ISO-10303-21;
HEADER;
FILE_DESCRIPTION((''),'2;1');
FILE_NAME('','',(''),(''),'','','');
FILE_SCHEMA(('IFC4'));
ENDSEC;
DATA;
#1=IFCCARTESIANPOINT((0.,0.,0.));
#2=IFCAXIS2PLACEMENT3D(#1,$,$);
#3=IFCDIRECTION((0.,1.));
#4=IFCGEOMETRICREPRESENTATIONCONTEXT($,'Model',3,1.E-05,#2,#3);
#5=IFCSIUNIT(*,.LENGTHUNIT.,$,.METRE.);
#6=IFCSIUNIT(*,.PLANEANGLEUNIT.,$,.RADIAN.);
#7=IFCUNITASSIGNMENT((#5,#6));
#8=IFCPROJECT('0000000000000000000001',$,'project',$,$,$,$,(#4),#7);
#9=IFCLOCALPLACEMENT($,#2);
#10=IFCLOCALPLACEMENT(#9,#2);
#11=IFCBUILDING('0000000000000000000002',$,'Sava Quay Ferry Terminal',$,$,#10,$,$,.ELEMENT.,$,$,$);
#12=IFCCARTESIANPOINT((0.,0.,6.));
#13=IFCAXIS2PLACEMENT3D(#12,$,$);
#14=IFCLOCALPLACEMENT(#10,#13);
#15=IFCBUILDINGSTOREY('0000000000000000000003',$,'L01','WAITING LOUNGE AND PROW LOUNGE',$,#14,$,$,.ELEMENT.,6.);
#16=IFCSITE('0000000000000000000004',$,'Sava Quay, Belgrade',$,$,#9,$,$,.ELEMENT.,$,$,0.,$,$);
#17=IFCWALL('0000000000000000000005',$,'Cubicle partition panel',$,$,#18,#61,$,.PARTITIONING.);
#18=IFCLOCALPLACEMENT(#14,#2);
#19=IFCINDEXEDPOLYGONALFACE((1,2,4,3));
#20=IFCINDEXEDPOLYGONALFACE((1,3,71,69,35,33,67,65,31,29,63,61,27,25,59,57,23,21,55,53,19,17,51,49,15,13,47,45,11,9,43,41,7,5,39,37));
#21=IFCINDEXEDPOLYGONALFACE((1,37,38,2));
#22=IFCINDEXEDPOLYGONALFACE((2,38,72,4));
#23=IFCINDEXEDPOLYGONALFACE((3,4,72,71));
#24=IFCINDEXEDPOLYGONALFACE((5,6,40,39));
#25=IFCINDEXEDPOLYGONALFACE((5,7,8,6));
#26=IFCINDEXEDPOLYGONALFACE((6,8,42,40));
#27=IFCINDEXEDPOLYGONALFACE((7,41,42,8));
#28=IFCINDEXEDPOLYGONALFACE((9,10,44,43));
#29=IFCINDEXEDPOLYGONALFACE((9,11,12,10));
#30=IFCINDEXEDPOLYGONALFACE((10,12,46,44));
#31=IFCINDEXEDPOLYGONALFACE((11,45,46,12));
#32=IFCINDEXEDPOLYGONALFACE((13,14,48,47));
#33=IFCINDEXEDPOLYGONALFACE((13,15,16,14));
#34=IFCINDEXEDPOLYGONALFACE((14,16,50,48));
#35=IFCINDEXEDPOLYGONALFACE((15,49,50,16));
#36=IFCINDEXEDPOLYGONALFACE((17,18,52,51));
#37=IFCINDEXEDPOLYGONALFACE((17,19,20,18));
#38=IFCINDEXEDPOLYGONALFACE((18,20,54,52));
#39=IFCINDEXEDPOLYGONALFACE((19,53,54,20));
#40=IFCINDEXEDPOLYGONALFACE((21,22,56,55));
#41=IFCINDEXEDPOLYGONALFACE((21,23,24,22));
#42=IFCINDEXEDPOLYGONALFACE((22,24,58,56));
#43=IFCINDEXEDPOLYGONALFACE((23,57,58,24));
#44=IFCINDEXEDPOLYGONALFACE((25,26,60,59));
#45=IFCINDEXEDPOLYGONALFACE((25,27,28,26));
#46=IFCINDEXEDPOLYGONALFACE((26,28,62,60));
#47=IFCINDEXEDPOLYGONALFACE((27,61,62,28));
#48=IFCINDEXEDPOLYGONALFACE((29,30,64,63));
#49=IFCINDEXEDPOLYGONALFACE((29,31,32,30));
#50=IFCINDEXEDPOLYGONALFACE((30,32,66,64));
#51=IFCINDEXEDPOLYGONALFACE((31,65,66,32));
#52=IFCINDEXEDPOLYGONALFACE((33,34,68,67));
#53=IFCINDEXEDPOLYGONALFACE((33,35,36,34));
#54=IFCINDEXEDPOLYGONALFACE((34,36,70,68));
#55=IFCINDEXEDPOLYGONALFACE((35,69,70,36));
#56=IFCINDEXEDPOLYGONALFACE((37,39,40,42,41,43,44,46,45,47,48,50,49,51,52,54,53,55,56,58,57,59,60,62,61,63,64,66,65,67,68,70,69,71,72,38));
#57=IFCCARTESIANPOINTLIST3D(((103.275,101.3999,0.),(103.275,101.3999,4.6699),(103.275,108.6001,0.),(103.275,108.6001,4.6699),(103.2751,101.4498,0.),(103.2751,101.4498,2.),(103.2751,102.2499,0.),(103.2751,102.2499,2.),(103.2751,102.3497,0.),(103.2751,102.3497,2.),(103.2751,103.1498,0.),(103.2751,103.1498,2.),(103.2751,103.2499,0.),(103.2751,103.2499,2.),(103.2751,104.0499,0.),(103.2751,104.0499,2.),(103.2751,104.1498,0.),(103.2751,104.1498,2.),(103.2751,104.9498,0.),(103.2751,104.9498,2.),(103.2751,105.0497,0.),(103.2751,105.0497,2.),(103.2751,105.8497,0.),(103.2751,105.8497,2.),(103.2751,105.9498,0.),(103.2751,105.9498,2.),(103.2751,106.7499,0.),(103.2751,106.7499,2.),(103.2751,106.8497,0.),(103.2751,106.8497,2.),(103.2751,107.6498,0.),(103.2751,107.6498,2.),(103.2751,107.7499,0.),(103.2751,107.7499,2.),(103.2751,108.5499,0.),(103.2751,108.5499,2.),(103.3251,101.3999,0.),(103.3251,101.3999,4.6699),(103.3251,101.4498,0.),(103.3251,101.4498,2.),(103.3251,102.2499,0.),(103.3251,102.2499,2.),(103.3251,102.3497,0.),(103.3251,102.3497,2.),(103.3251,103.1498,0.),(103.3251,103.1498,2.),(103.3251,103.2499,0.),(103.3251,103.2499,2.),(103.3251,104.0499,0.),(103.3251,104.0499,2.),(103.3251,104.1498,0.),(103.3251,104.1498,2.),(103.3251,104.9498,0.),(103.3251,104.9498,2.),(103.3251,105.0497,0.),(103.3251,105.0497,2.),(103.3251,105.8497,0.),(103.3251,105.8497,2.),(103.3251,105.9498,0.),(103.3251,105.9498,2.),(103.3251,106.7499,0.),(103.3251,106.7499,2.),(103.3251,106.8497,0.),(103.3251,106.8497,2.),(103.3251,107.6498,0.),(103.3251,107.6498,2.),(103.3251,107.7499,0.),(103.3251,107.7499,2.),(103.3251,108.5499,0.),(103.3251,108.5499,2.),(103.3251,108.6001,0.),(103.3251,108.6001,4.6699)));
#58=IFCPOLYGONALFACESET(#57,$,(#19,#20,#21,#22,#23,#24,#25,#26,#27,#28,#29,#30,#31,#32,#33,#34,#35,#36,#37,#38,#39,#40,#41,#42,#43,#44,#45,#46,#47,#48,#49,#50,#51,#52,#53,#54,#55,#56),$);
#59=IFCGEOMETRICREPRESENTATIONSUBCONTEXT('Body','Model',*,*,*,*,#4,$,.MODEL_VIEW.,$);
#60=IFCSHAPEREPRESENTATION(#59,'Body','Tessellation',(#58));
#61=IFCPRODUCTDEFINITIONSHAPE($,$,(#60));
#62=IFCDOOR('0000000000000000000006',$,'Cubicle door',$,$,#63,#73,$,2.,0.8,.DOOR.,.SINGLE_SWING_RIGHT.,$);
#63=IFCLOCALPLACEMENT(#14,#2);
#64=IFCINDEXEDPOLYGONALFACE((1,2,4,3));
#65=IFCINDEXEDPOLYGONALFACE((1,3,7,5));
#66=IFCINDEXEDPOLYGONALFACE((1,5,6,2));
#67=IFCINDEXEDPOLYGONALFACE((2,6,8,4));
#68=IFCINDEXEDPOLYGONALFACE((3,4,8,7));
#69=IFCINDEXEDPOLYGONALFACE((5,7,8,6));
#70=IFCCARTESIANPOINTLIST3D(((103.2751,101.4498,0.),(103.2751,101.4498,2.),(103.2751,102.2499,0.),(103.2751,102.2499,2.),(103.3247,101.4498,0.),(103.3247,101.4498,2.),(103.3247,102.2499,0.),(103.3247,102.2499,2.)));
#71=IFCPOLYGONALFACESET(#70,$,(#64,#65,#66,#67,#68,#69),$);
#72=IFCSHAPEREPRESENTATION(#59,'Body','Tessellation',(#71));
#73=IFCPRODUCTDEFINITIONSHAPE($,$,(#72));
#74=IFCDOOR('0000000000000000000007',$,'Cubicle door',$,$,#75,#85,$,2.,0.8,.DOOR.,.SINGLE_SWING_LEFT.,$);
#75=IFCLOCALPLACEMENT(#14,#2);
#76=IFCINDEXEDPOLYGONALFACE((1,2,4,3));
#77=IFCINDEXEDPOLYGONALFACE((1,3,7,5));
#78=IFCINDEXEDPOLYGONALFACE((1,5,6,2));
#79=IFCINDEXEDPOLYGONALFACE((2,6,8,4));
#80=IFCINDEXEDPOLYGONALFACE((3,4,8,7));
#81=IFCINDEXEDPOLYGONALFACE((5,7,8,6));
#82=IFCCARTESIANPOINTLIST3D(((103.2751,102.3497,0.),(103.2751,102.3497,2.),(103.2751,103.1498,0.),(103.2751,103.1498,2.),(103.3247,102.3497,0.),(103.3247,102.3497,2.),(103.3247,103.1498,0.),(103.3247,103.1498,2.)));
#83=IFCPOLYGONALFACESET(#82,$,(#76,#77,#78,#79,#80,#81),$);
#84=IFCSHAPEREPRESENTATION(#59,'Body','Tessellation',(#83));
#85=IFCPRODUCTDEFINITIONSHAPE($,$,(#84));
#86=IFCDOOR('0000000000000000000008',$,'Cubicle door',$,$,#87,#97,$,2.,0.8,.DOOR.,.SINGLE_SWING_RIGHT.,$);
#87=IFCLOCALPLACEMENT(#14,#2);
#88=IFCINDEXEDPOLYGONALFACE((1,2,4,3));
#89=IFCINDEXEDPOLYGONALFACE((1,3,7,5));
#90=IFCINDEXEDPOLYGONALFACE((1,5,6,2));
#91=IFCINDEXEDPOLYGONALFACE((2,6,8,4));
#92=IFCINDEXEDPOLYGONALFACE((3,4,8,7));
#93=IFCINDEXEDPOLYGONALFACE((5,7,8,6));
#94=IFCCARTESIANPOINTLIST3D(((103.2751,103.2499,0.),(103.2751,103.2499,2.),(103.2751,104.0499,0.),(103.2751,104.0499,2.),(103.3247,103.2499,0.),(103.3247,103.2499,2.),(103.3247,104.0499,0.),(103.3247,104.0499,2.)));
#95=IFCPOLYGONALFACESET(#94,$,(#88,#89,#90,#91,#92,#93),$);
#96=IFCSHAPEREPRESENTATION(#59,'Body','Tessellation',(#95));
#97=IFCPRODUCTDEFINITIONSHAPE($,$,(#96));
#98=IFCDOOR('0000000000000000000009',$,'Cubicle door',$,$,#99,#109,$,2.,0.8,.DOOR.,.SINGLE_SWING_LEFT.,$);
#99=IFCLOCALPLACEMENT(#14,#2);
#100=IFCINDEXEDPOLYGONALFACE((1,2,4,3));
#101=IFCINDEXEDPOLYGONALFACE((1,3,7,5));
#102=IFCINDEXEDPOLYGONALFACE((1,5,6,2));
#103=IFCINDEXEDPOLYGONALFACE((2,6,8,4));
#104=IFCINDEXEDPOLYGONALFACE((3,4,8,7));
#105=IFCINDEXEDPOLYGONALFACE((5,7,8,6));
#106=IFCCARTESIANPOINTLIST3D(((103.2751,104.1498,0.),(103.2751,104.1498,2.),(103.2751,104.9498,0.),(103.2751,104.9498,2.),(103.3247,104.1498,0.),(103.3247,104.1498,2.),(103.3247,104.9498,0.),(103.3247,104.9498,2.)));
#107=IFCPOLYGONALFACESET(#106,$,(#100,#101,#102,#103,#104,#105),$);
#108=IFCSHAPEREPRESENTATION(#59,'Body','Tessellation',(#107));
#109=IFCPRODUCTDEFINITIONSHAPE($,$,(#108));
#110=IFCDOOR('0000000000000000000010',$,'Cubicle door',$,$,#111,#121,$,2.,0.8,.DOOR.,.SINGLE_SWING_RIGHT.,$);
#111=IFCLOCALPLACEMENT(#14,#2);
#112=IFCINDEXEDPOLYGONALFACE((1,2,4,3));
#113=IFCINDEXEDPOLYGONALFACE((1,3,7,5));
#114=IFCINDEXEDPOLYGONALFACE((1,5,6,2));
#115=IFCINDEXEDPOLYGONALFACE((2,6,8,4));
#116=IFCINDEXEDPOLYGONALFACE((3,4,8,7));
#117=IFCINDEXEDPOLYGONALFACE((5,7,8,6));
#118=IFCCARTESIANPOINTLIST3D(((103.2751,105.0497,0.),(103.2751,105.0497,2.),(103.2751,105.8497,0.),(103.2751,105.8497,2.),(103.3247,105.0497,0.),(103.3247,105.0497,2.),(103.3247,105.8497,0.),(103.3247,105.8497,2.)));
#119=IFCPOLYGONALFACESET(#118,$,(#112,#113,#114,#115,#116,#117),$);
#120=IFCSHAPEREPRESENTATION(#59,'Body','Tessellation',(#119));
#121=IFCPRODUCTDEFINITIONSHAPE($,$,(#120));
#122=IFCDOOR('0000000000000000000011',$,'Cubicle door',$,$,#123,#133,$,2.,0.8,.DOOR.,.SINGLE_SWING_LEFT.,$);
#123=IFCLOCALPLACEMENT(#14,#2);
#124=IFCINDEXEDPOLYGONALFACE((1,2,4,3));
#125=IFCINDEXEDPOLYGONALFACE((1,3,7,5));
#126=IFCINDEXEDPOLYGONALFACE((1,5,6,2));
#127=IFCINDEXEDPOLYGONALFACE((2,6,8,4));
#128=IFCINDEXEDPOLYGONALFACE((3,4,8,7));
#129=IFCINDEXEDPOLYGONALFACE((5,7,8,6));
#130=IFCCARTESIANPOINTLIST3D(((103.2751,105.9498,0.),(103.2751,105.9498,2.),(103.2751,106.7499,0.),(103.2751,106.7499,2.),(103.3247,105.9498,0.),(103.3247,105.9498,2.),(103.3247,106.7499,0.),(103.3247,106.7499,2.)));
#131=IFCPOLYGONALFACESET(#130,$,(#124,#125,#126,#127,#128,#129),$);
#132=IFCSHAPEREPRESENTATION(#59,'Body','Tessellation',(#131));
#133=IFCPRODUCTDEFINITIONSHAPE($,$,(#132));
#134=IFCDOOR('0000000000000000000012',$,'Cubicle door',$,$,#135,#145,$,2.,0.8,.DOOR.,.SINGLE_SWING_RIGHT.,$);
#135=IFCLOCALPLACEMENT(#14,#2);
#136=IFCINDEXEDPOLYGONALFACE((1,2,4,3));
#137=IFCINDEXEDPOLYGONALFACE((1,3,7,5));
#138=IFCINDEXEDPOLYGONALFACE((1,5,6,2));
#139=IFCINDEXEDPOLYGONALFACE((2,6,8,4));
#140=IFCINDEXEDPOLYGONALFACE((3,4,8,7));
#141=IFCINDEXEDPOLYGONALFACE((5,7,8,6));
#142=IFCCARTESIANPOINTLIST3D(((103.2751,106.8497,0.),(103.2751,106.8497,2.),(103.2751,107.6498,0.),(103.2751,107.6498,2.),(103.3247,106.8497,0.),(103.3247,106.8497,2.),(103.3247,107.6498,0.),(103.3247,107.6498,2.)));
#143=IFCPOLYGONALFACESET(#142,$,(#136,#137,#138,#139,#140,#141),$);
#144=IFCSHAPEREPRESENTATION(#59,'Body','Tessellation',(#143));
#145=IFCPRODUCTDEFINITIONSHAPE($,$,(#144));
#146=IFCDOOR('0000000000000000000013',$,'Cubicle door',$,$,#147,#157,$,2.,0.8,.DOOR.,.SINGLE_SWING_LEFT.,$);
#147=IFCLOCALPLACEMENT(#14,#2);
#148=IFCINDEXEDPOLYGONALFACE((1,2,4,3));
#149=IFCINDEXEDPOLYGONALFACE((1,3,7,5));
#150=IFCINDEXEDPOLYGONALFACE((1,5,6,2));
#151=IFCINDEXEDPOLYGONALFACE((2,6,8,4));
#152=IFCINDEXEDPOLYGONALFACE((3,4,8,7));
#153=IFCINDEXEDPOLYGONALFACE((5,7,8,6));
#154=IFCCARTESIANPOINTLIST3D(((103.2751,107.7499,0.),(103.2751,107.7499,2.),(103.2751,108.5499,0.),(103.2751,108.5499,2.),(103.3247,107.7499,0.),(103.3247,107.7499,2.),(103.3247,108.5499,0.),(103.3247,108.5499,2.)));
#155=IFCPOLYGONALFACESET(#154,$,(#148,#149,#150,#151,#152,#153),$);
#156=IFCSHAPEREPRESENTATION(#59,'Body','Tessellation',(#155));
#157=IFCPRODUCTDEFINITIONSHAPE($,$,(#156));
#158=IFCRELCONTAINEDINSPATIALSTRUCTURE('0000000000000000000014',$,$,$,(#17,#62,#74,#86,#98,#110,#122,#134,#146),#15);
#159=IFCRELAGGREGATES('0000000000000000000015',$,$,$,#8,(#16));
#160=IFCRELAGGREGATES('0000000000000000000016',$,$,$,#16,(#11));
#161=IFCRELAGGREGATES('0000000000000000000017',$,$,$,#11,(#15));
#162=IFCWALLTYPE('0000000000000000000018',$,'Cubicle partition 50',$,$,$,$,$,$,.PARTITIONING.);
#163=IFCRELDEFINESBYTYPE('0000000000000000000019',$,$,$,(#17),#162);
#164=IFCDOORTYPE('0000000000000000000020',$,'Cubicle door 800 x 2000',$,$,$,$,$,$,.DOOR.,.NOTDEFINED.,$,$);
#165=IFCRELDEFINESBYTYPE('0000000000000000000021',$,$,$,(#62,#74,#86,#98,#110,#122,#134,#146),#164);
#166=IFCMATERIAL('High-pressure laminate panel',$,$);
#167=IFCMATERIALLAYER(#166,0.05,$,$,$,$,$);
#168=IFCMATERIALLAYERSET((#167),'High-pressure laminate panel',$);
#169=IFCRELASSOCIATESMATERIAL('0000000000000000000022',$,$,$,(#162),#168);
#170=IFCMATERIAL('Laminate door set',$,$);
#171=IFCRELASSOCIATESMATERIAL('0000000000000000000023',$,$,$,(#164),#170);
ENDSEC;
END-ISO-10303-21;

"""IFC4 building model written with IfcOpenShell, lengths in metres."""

from ifc_helpers import new_model, si_unit, direction, frame, frame_2d, origin, place, context, subcontext, project, spatial, rectangle, extrude, material, layer, layer_set, type_object, element, fill, save


model = new_model("IFC4")

# Units and contexts
model_context = context("Model", 3, precision=1e-05, world=origin(), true_north=direction((0.0, 1.0)))
body_context = subcontext(model_context, "Body", "Model", "MODEL_VIEW")
ifc_project = project(units=[si_unit("LENGTHUNIT", "METRE"), si_unit("PLANEANGLEUNIT", "RADIAN")], contexts=[model_context])

# Site, building, storey
site_placement = place(None, origin())
site = spatial("IfcSite", under=ifc_project, at=site_placement, Name="Sava Quay, Belgrade", CompositionType="ELEMENT", RefElevation=0.0)
building_placement = place(site_placement, origin())
building = spatial("IfcBuilding", under=site, at=building_placement, Name="Sava Quay Ferry Terminal", CompositionType="ELEMENT")
storey_placement = place(building_placement, frame((0.0, 0.0, 6.0)))
storey = spatial("IfcBuildingStorey", under=building, at=storey_placement, Name="L01", Description="WAITING LOUNGE AND PROW LOUNGE", CompositionType="ELEMENT", Elevation=6.0)

# Wall, openings, doors
ifc_material_1 = material(Name="High-pressure laminate panel")
ifc_layer_1 = layer(ifc_material_1, 0.05)
ifc_layer_set_1 = layer_set([ifc_layer_1], Name="High-pressure laminate panel")
wall_type_1 = type_object("IfcWallType", Name="Cubicle partition 50", PredefinedType="PARTITIONING", material=ifc_layer_set_1)
wall_1_placement = place(storey_placement, frame((103.3, 101.3999, 0.0), z_axis=(0.0, 0.0, 1.0), x_axis=(0.0, 1.0, 0.0)))
wall_1 = element("IfcWall", 1, at=wall_1_placement, inside=storey, type_object=wall_type_1, Name="Cubicle partition panel", PredefinedType="PARTITIONING", context=body_context, shape_type="SweptSolid", body=[
    extrude(rectangle(XDim=7.2002, YDim=0.05, at=frame_2d((3.6001, 0.0))), origin(), (0.0, 0.0, 1.0), 4.6699),
])
opening_1_placement = place(wall_1_placement, frame((0.05, 0.0, 0.0)))
opening_1 = element("IfcOpeningElement", 2, at=opening_1_placement, cuts=wall_1, PredefinedType="OPENING", context=body_context, shape_type="SweptSolid", body=[
    extrude(rectangle(XDim=0.8, YDim=2.0, at=frame_2d((0.3999, 1.0))), frame((0.0, 0.0249, 0.0), z_axis=(0.0, -1.0, 0.0), x_axis=(1.0, 0.0, 0.0)), (0.0, 0.0, 1.0), 0.05),
])
opening_2_placement = place(wall_1_placement, frame((0.95, 0.0, 0.0)))
opening_2 = element("IfcOpeningElement", 3, at=opening_2_placement, cuts=wall_1, PredefinedType="OPENING", context=body_context, shape_type="SweptSolid", body=[
    extrude(rectangle(XDim=0.8, YDim=2.0, at=frame_2d((0.3999, 1.0))), frame((0.0, 0.0249, 0.0), z_axis=(0.0, -1.0, 0.0), x_axis=(1.0, 0.0, 0.0)), (0.0, 0.0, 1.0), 0.05),
])
opening_3_placement = place(wall_1_placement, frame((1.8501, 0.0, 0.0)))
opening_3 = element("IfcOpeningElement", 4, at=opening_3_placement, cuts=wall_1, PredefinedType="OPENING", context=body_context, shape_type="SweptSolid", body=[
    extrude(rectangle(XDim=0.8, YDim=2.0, at=frame_2d((0.3999, 1.0))), frame((0.0, 0.0249, 0.0), z_axis=(0.0, -1.0, 0.0), x_axis=(1.0, 0.0, 0.0)), (0.0, 0.0, 1.0), 0.05),
])
opening_4_placement = place(wall_1_placement, frame((2.75, 0.0, 0.0)))
opening_4 = element("IfcOpeningElement", 5, at=opening_4_placement, cuts=wall_1, PredefinedType="OPENING", context=body_context, shape_type="SweptSolid", body=[
    extrude(rectangle(XDim=0.8, YDim=2.0, at=frame_2d((0.3999, 1.0))), frame((0.0, 0.0249, 0.0), z_axis=(0.0, -1.0, 0.0), x_axis=(1.0, 0.0, 0.0)), (0.0, 0.0, 1.0), 0.05),
])
opening_5_placement = place(wall_1_placement, frame((3.6499, 0.0, 0.0)))
opening_5 = element("IfcOpeningElement", 6, at=opening_5_placement, cuts=wall_1, PredefinedType="OPENING", context=body_context, shape_type="SweptSolid", body=[
    extrude(rectangle(XDim=0.8, YDim=2.0, at=frame_2d((0.3999, 1.0))), frame((0.0, 0.0249, 0.0), z_axis=(0.0, -1.0, 0.0), x_axis=(1.0, 0.0, 0.0)), (0.0, 0.0, 1.0), 0.05),
])
opening_6_placement = place(wall_1_placement, frame((4.55, 0.0, 0.0)))
opening_6 = element("IfcOpeningElement", 7, at=opening_6_placement, cuts=wall_1, PredefinedType="OPENING", context=body_context, shape_type="SweptSolid", body=[
    extrude(rectangle(XDim=0.8, YDim=2.0, at=frame_2d((0.3999, 1.0))), frame((0.0, 0.0249, 0.0), z_axis=(0.0, -1.0, 0.0), x_axis=(1.0, 0.0, 0.0)), (0.0, 0.0, 1.0), 0.05),
])
opening_7_placement = place(wall_1_placement, frame((5.45, 0.0, 0.0)))
opening_7 = element("IfcOpeningElement", 8, at=opening_7_placement, cuts=wall_1, PredefinedType="OPENING", context=body_context, shape_type="SweptSolid", body=[
    extrude(rectangle(XDim=0.8, YDim=2.0, at=frame_2d((0.3999, 1.0))), frame((0.0, 0.0249, 0.0), z_axis=(0.0, -1.0, 0.0), x_axis=(1.0, 0.0, 0.0)), (0.0, 0.0, 1.0), 0.05),
])
opening_8_placement = place(wall_1_placement, frame((6.3501, 0.0, 0.0)))
opening_8 = element("IfcOpeningElement", 9, at=opening_8_placement, cuts=wall_1, PredefinedType="OPENING", context=body_context, shape_type="SweptSolid", body=[
    extrude(rectangle(XDim=0.8, YDim=2.0, at=frame_2d((0.3999, 1.0))), frame((0.0, 0.0249, 0.0), z_axis=(0.0, -1.0, 0.0), x_axis=(1.0, 0.0, 0.0)), (0.0, 0.0, 1.0), 0.05),
])
ifc_material_2 = material(Name="Laminate door set")
door_type_1 = type_object("IfcDoorType", Name="Cubicle door 800 x 2000", OperationType="NOTDEFINED", PredefinedType="DOOR", material=ifc_material_2)
door_1_placement = place(opening_1_placement, origin())
door_1 = element("IfcDoor", 10, at=door_1_placement, inside=storey, type_object=door_type_1, Name="Cubicle door", OperationType="SINGLE_SWING_RIGHT", OverallHeight=2.0, OverallWidth=0.8, PredefinedType="DOOR", context=body_context, shape_type="SweptSolid", body=[
    extrude(rectangle(XDim=0.8, YDim=2.0, at=frame_2d((0.3999, 1.0))), frame((0.0, 0.0249, 0.0), z_axis=(0.0, -1.0, 0.0), x_axis=(1.0, 0.0, 0.0)), (0.0, 0.0, 1.0), 0.0496),
])
fill(opening_1, door_1)
door_2_placement = place(opening_2_placement, origin())
door_2 = element("IfcDoor", 11, at=door_2_placement, inside=storey, type_object=door_type_1, Name="Cubicle door", OperationType="SINGLE_SWING_LEFT", OverallHeight=2.0, OverallWidth=0.8, PredefinedType="DOOR", context=body_context, shape_type="SweptSolid", body=[
    extrude(rectangle(XDim=0.8, YDim=2.0, at=frame_2d((0.3999, 1.0))), frame((0.0, 0.0249, 0.0), z_axis=(0.0, -1.0, 0.0), x_axis=(1.0, 0.0, 0.0)), (0.0, 0.0, 1.0), 0.0496),
])
fill(opening_2, door_2)
door_3_placement = place(opening_3_placement, origin())
door_3 = element("IfcDoor", 12, at=door_3_placement, inside=storey, type_object=door_type_1, Name="Cubicle door", OperationType="SINGLE_SWING_RIGHT", OverallHeight=2.0, OverallWidth=0.8, PredefinedType="DOOR", context=body_context, shape_type="SweptSolid", body=[
    extrude(rectangle(XDim=0.8, YDim=2.0, at=frame_2d((0.3999, 1.0))), frame((0.0, 0.0249, 0.0), z_axis=(0.0, -1.0, 0.0), x_axis=(1.0, 0.0, 0.0)), (0.0, 0.0, 1.0), 0.0496),
])
fill(opening_3, door_3)
door_4_placement = place(opening_4_placement, origin())
door_4 = element("IfcDoor", 13, at=door_4_placement, inside=storey, type_object=door_type_1, Name="Cubicle door", OperationType="SINGLE_SWING_LEFT", OverallHeight=2.0, OverallWidth=0.8, PredefinedType="DOOR", context=body_context, shape_type="SweptSolid", body=[
    extrude(rectangle(XDim=0.8, YDim=2.0, at=frame_2d((0.3999, 1.0))), frame((0.0, 0.0249, 0.0), z_axis=(0.0, -1.0, 0.0), x_axis=(1.0, 0.0, 0.0)), (0.0, 0.0, 1.0), 0.0496),
])
fill(opening_4, door_4)
door_5_placement = place(opening_5_placement, origin())
door_5 = element("IfcDoor", 14, at=door_5_placement, inside=storey, type_object=door_type_1, Name="Cubicle door", OperationType="SINGLE_SWING_RIGHT", OverallHeight=2.0, OverallWidth=0.8, PredefinedType="DOOR", context=body_context, shape_type="SweptSolid", body=[
    extrude(rectangle(XDim=0.8, YDim=2.0, at=frame_2d((0.3999, 1.0))), frame((0.0, 0.0249, 0.0), z_axis=(0.0, -1.0, 0.0), x_axis=(1.0, 0.0, 0.0)), (0.0, 0.0, 1.0), 0.0496),
])
fill(opening_5, door_5)
door_6_placement = place(opening_6_placement, origin())
door_6 = element("IfcDoor", 15, at=door_6_placement, inside=storey, type_object=door_type_1, Name="Cubicle door", OperationType="SINGLE_SWING_LEFT", OverallHeight=2.0, OverallWidth=0.8, PredefinedType="DOOR", context=body_context, shape_type="SweptSolid", body=[
    extrude(rectangle(XDim=0.8, YDim=2.0, at=frame_2d((0.3999, 1.0))), frame((0.0, 0.0249, 0.0), z_axis=(0.0, -1.0, 0.0), x_axis=(1.0, 0.0, 0.0)), (0.0, 0.0, 1.0), 0.0496),
])
fill(opening_6, door_6)
door_7_placement = place(opening_7_placement, origin())
door_7 = element("IfcDoor", 16, at=door_7_placement, inside=storey, type_object=door_type_1, Name="Cubicle door", OperationType="SINGLE_SWING_RIGHT", OverallHeight=2.0, OverallWidth=0.8, PredefinedType="DOOR", context=body_context, shape_type="SweptSolid", body=[
    extrude(rectangle(XDim=0.8, YDim=2.0, at=frame_2d((0.3999, 1.0))), frame((0.0, 0.0249, 0.0), z_axis=(0.0, -1.0, 0.0), x_axis=(1.0, 0.0, 0.0)), (0.0, 0.0, 1.0), 0.0496),
])
fill(opening_7, door_7)
door_8_placement = place(opening_8_placement, origin())
door_8 = element("IfcDoor", 17, at=door_8_placement, inside=storey, type_object=door_type_1, Name="Cubicle door", OperationType="SINGLE_SWING_LEFT", OverallHeight=2.0, OverallWidth=0.8, PredefinedType="DOOR", context=body_context, shape_type="SweptSolid", body=[
    extrude(rectangle(XDim=0.8, YDim=2.0, at=frame_2d((0.3999, 1.0))), frame((0.0, 0.0249, 0.0), z_axis=(0.0, -1.0, 0.0), x_axis=(1.0, 0.0, 0.0)), (0.0, 0.0, 1.0), 0.0496),
])
fill(opening_8, door_8)

save(model, "model.ifc")
